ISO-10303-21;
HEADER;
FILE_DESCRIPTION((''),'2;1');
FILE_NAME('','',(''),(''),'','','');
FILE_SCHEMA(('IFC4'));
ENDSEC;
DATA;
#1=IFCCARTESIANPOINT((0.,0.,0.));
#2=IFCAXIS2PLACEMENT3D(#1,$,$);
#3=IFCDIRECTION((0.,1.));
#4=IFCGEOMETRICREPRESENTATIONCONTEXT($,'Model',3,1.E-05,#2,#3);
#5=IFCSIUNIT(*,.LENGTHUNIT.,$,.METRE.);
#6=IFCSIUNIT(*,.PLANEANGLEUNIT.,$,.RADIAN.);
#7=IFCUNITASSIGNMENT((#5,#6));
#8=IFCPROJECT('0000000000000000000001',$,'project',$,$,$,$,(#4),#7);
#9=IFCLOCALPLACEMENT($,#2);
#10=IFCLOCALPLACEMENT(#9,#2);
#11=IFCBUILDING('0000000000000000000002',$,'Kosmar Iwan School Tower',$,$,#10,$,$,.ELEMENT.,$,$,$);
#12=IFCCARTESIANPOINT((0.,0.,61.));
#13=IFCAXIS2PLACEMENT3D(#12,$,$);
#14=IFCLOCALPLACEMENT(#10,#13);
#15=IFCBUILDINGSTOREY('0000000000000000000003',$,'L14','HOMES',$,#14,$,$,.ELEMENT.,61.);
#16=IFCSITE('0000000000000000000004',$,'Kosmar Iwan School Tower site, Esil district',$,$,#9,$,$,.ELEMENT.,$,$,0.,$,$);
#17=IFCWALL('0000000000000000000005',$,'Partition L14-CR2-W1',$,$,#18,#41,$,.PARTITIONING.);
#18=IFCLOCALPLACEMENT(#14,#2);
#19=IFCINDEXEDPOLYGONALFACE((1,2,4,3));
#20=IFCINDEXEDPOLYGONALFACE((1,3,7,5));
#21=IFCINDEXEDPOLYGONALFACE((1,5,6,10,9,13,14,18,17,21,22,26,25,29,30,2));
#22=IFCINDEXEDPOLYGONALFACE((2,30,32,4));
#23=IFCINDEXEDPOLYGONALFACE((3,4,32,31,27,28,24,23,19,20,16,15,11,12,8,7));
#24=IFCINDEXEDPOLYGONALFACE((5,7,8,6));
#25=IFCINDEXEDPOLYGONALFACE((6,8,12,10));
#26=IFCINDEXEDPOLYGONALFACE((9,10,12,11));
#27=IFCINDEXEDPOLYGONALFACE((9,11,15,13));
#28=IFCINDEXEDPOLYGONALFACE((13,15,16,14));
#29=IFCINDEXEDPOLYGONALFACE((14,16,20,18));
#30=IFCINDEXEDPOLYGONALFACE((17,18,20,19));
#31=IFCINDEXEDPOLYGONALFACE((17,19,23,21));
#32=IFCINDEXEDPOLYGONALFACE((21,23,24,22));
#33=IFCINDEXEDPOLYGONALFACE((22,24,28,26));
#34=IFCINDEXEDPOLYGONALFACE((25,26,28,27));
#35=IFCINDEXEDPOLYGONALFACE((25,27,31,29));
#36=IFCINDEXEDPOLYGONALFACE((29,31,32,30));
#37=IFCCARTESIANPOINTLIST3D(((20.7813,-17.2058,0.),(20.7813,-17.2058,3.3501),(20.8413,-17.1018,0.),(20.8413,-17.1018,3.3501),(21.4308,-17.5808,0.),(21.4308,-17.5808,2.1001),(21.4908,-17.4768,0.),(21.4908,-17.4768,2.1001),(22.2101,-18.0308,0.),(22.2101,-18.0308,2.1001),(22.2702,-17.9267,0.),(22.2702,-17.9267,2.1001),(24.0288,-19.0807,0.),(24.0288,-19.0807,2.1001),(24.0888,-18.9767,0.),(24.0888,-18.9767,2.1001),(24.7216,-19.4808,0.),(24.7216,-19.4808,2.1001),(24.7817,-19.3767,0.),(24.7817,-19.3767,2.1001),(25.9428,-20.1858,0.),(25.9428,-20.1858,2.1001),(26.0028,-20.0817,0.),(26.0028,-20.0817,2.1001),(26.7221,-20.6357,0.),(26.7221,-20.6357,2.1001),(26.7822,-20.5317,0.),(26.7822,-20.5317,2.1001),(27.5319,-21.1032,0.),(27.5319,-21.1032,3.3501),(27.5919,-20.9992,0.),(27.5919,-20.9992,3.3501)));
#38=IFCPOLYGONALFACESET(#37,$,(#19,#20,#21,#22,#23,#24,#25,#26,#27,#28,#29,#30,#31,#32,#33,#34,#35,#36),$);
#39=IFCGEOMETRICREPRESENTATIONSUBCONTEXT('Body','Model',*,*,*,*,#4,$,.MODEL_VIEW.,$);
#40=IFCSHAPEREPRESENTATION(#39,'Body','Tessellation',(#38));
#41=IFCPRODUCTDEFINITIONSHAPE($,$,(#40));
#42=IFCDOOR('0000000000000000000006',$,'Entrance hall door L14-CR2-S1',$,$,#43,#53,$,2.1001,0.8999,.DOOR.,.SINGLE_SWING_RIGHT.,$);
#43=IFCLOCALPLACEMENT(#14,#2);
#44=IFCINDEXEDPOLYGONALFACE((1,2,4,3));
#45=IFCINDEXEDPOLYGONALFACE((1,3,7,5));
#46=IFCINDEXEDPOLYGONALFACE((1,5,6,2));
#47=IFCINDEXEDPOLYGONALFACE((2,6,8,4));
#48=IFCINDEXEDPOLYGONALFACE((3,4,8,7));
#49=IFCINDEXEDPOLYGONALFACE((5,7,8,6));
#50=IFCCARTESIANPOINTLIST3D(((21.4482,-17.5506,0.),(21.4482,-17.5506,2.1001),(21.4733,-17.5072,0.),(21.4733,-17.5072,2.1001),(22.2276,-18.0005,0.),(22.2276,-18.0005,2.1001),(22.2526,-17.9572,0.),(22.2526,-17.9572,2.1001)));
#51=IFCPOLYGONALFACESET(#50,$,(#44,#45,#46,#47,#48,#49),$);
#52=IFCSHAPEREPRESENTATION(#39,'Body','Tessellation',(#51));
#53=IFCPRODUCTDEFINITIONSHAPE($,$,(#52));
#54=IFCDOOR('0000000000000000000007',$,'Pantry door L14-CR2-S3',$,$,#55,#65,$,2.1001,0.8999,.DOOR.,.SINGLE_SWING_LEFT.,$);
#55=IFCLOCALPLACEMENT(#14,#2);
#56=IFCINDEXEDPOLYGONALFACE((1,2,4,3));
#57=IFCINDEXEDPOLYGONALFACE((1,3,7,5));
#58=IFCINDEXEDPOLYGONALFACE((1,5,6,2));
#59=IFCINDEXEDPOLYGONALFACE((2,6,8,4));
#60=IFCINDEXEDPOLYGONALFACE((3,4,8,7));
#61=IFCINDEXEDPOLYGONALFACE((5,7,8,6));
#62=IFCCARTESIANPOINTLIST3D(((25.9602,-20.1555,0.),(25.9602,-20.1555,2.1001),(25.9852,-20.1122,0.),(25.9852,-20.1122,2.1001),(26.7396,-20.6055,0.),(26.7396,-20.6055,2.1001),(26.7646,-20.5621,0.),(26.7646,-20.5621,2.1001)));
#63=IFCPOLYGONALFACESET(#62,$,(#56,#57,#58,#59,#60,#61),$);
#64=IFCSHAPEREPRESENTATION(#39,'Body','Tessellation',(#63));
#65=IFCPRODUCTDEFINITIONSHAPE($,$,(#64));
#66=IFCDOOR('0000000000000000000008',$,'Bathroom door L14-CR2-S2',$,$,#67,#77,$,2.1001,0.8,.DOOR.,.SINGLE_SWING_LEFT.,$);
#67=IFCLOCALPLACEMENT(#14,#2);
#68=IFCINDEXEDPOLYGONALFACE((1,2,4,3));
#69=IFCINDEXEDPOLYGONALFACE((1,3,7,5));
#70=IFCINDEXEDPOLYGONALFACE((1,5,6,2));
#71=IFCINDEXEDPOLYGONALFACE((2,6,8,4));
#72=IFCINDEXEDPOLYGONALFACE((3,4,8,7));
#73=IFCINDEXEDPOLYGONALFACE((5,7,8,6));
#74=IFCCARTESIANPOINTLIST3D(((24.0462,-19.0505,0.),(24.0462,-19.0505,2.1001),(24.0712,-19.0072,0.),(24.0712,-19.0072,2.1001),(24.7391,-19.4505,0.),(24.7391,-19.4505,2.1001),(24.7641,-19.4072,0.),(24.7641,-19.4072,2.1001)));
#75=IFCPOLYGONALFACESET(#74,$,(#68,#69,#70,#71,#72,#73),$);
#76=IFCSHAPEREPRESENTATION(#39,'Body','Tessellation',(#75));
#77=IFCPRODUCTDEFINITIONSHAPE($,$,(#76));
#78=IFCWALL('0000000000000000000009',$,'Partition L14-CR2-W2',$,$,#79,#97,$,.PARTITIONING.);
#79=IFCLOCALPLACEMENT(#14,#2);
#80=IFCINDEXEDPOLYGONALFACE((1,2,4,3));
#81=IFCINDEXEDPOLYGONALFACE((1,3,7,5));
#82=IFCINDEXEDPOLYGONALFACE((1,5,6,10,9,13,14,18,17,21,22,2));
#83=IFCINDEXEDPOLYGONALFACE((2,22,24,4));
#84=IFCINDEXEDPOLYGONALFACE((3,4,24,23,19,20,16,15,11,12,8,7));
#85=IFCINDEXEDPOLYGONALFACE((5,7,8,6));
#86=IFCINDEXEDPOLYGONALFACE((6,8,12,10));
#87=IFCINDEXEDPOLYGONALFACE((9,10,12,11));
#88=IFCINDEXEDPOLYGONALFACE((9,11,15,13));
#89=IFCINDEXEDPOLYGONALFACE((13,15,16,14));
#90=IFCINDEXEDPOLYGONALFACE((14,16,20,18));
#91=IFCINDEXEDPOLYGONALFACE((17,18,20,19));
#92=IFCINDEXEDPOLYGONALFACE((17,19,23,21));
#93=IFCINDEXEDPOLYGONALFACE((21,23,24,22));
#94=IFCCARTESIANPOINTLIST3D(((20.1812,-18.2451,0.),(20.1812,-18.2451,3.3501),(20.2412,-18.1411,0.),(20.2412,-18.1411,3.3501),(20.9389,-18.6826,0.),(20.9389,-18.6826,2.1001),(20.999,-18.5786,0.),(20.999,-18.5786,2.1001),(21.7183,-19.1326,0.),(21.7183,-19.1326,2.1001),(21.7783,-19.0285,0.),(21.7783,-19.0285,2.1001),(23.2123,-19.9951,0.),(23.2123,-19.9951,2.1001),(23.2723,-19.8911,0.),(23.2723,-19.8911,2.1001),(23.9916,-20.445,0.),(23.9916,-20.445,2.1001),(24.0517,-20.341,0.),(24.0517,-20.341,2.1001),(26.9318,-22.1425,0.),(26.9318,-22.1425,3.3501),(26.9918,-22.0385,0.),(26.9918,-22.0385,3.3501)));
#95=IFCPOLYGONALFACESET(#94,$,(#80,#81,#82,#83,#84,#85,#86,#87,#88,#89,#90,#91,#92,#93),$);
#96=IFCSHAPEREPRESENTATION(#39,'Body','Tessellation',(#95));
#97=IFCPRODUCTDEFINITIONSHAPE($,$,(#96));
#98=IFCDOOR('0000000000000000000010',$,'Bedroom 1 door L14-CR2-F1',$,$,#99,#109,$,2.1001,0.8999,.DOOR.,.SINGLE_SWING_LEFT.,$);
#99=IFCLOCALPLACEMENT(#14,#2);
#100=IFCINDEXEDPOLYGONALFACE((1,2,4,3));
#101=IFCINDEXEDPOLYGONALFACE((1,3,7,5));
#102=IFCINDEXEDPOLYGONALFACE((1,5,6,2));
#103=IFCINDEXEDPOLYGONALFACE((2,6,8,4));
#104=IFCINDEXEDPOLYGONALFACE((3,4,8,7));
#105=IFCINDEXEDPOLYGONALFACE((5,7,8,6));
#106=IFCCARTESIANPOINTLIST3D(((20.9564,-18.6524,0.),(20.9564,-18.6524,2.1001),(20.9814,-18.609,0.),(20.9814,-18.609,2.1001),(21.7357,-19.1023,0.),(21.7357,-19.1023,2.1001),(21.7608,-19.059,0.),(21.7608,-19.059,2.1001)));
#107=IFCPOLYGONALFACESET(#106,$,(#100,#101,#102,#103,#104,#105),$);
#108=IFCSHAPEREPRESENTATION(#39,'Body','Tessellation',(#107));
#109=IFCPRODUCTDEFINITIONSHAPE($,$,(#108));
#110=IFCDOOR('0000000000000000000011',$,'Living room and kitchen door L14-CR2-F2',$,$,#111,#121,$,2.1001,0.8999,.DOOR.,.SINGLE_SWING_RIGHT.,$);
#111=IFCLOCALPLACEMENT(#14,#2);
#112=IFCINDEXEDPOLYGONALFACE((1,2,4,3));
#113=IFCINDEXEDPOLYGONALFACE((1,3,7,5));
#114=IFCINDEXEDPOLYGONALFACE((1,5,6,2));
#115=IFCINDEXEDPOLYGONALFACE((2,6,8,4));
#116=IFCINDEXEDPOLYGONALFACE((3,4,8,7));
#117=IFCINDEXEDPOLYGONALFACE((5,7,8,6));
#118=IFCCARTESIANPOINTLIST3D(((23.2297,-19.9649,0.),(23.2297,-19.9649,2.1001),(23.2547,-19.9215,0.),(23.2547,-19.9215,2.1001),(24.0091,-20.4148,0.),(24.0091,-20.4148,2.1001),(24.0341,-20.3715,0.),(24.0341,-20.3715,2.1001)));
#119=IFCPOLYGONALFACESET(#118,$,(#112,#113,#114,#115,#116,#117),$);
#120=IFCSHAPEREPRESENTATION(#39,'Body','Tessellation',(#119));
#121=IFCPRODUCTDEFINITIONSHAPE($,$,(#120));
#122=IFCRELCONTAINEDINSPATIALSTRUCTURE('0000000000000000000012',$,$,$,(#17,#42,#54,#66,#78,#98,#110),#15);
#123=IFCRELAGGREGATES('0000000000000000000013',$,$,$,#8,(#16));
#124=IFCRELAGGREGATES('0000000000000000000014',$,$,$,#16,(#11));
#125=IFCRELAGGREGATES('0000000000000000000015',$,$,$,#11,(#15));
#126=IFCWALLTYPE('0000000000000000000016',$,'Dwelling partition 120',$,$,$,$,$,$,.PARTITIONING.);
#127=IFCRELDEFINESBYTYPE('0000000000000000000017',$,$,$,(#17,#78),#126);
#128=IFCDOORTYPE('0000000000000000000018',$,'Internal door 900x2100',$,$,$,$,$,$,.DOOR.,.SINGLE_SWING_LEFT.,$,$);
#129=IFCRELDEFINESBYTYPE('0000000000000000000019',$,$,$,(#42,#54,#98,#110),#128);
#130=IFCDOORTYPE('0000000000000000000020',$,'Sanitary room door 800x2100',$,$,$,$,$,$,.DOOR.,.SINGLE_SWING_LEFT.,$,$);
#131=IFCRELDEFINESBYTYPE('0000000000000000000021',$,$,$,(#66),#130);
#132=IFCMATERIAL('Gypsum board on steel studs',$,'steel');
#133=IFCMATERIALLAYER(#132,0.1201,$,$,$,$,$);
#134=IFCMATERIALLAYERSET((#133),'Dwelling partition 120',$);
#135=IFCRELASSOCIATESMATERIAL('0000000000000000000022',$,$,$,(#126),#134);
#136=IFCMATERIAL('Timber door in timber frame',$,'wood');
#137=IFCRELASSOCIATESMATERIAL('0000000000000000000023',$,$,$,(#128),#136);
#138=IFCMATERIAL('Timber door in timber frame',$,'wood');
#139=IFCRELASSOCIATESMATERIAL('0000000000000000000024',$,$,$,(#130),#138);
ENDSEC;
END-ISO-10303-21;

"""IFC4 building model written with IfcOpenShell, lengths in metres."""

from ifc_helpers import new_model, si_unit, direction, frame, frame_2d, origin, place, context, subcontext, project, spatial, rectangle, extrude, material, layer, layer_set, type_object, element, fill, save


model = new_model("IFC4")

# Units and contexts
model_context = context("Model", 3, precision=1e-05, world=origin(), true_north=direction((0.0, 1.0)))
body_context = subcontext(model_context, "Body", "Model", "MODEL_VIEW")
ifc_project = project(units=[si_unit("LENGTHUNIT", "METRE"), si_unit("PLANEANGLEUNIT", "RADIAN")], contexts=[model_context])

# Site, building, storey
site_placement = place(None, origin())
site = spatial("IfcSite", under=ifc_project, at=site_placement, Name="Kosmar Iwan School Tower site, Esil district", CompositionType="ELEMENT", RefElevation=0.0)
building_placement = place(site_placement, origin())
building = spatial("IfcBuilding", under=site, at=building_placement, Name="Kosmar Iwan School Tower", CompositionType="ELEMENT")
storey_placement = place(building_placement, frame((0.0, 0.0, 61.0)))
storey = spatial("IfcBuildingStorey", under=building, at=storey_placement, Name="L14", Description="HOMES", CompositionType="ELEMENT", Elevation=61.0)

# Walls, openings, doors
ifc_material_1 = material(Name="Gypsum board on steel studs", Category="steel")
ifc_layer = layer(ifc_material_1, 0.1201)
ifc_layer_set = layer_set([ifc_layer], Name="Dwelling partition 120")
wall_type = type_object("IfcWallType", Name="Dwelling partition 120", PredefinedType="PARTITIONING", material=ifc_layer_set)
wall_1_placement = place(storey_placement, frame((20.8113, -17.1538, 0.0), z_axis=(0.0, 0.0, 1.0), x_axis=(0.86603, -0.499993, 0.0)))
wall_1 = element("IfcWall", 1, at=wall_1_placement, inside=storey, type_object=wall_type, Name="Partition L14-CR2-W1", PredefinedType="PARTITIONING", context=body_context, shape_type="SweptSolid", body=[
    extrude(rectangle(XDim=7.7949, YDim=0.1201, at=frame_2d((3.8975, 0.0))), origin(), (0.0, 0.0, 1.0), 3.3501),
])
opening_1_placement = place(wall_1_placement, frame((0.75, 0.0, 0.0)))
opening_1 = element("IfcOpeningElement", 2, at=opening_1_placement, cuts=wall_1, PredefinedType="OPENING", context=body_context, shape_type="SweptSolid", body=[
    extrude(rectangle(XDim=0.8999, YDim=2.1001, at=frame_2d((0.45, 1.05))), frame((0.0, 0.072, 0.0), z_axis=(0.0, -1.0, 0.0), x_axis=(1.0, 0.0, 0.0)), (0.0, 0.0, 1.0), 0.144),
])
opening_2_placement = place(wall_1_placement, frame((3.75, 0.0, 0.0)))
opening_2 = element("IfcOpeningElement", 3, at=opening_2_placement, cuts=wall_1, PredefinedType="OPENING", context=body_context, shape_type="SweptSolid", body=[
    extrude(rectangle(XDim=0.8, YDim=2.1001, at=frame_2d((0.3999, 1.05))), frame((0.0, 0.072, 0.0), z_axis=(0.0, -1.0, 0.0), x_axis=(1.0, 0.0, 0.0)), (0.0, 0.0, 1.0), 0.144),
])
opening_3_placement = place(wall_1_placement, frame((5.96, 0.0, 0.0)))
opening_3 = element("IfcOpeningElement", 4, at=opening_3_placement, cuts=wall_1, PredefinedType="OPENING", context=body_context, shape_type="SweptSolid", body=[
    extrude(rectangle(XDim=0.8999, YDim=2.1001, at=frame_2d((0.45, 1.05))), frame((0.0, 0.072, 0.0), z_axis=(0.0, -1.0, 0.0), x_axis=(1.0, 0.0, 0.0)), (0.0, 0.0, 1.0), 0.144),
])
ifc_material_2 = material(Name="Timber door in timber frame", Category="wood")
door_type_1 = type_object("IfcDoorType", Name="Internal door 900x2100", OperationType="SINGLE_SWING_LEFT", PredefinedType="DOOR", material=ifc_material_2)
door_1_placement = place(opening_1_placement, origin())
door_1 = element("IfcDoor", 5, at=door_1_placement, inside=storey, type_object=door_type_1, Name="Entrance hall door L14-CR2-S1", OperationType="SINGLE_SWING_RIGHT", OverallHeight=2.1001, OverallWidth=0.8999, PredefinedType="DOOR", context=body_context, shape_type="SweptSolid", body=[
    extrude(rectangle(XDim=0.8999, YDim=2.1001, at=frame_2d((0.45, 1.05))), frame((0.0, 0.0249, 0.0), z_axis=(0.0, -1.0, 0.0), x_axis=(1.0, 0.0, 0.0)), (0.0, 0.0, 1.0), 0.05),
])
fill(opening_1, door_1)
door_2_placement = place(opening_3_placement, origin())
door_2 = element("IfcDoor", 6, at=door_2_placement, inside=storey, type_object=door_type_1, Name="Pantry door L14-CR2-S3", OperationType="SINGLE_SWING_LEFT", OverallHeight=2.1001, OverallWidth=0.8999, PredefinedType="DOOR", context=body_context, shape_type="SweptSolid", body=[
    extrude(rectangle(XDim=0.8999, YDim=2.1001, at=frame_2d((0.45, 1.05))), frame((0.0, 0.0249, 0.0), z_axis=(0.0, -1.0, 0.0), x_axis=(1.0, 0.0, 0.0)), (0.0, 0.0, 1.0), 0.05),
])
fill(opening_3, door_2)
ifc_material_3 = material(Name="Timber door in timber frame", Category="wood")
door_type_2 = type_object("IfcDoorType", Name="Sanitary room door 800x2100", OperationType="SINGLE_SWING_LEFT", PredefinedType="DOOR", material=ifc_material_3)
door_3_placement = place(opening_2_placement, origin())
door_3 = element("IfcDoor", 7, at=door_3_placement, inside=storey, type_object=door_type_2, Name="Bathroom door L14-CR2-S2", OperationType="SINGLE_SWING_LEFT", OverallHeight=2.1001, OverallWidth=0.8, PredefinedType="DOOR", context=body_context, shape_type="SweptSolid", body=[
    extrude(rectangle(XDim=0.8, YDim=2.1001, at=frame_2d((0.3999, 1.05))), frame((0.0, 0.0249, 0.0), z_axis=(0.0, -1.0, 0.0), x_axis=(1.0, 0.0, 0.0)), (0.0, 0.0, 1.0), 0.05),
])
fill(opening_2, door_3)
wall_2_placement = place(storey_placement, frame((20.2112, -18.1931, 0.0), z_axis=(0.0, 0.0, 1.0), x_axis=(0.86603, -0.499993, 0.0)))
wall_2 = element("IfcWall", 8, at=wall_2_placement, inside=storey, type_object=wall_type, Name="Partition L14-CR2-W2", PredefinedType="PARTITIONING", context=body_context, shape_type="SweptSolid", body=[
    extrude(rectangle(XDim=7.7949, YDim=0.1201, at=frame_2d((3.8975, 0.0))), origin(), (0.0, 0.0, 1.0), 3.3501),
])
opening_4_placement = place(wall_2_placement, frame((0.875, 0.0, 0.0)))
opening_4 = element("IfcOpeningElement", 9, at=opening_4_placement, cuts=wall_2, PredefinedType="OPENING", context=body_context, shape_type="SweptSolid", body=[
    extrude(rectangle(XDim=0.8999, YDim=2.1001, at=frame_2d((0.45, 1.05))), frame((0.0, 0.072, 0.0), z_axis=(0.0, -1.0, 0.0), x_axis=(1.0, 0.0, 0.0)), (0.0, 0.0, 1.0), 0.144),
])
opening_5_placement = place(wall_2_placement, frame((3.5, 0.0, 0.0)))
opening_5 = element("IfcOpeningElement", 10, at=opening_5_placement, cuts=wall_2, PredefinedType="OPENING", context=body_context, shape_type="SweptSolid", body=[
    extrude(rectangle(XDim=0.8999, YDim=2.1001, at=frame_2d((0.45, 1.05))), frame((0.0, 0.072, 0.0), z_axis=(0.0, -1.0, 0.0), x_axis=(1.0, 0.0, 0.0)), (0.0, 0.0, 1.0), 0.144),
])
door_4_placement = place(opening_4_placement, origin())
door_4 = element("IfcDoor", 11, at=door_4_placement, inside=storey, type_object=door_type_1, Name="Bedroom 1 door L14-CR2-F1", OperationType="SINGLE_SWING_LEFT", OverallHeight=2.1001, OverallWidth=0.8999, PredefinedType="DOOR", context=body_context, shape_type="SweptSolid", body=[
    extrude(rectangle(XDim=0.8999, YDim=2.1001, at=frame_2d((0.45, 1.05))), frame((0.0, 0.0249, 0.0), z_axis=(0.0, -1.0, 0.0), x_axis=(1.0, 0.0, 0.0)), (0.0, 0.0, 1.0), 0.05),
])
fill(opening_4, door_4)
door_5_placement = place(opening_5_placement, origin())
door_5 = element("IfcDoor", 12, at=door_5_placement, inside=storey, type_object=door_type_1, Name="Living room and kitchen door L14-CR2-F2", OperationType="SINGLE_SWING_RIGHT", OverallHeight=2.1001, OverallWidth=0.8999, PredefinedType="DOOR", context=body_context, shape_type="SweptSolid", body=[
    extrude(rectangle(XDim=0.8999, YDim=2.1001, at=frame_2d((0.45, 1.05))), frame((0.0, 0.0249, 0.0), z_axis=(0.0, -1.0, 0.0), x_axis=(1.0, 0.0, 0.0)), (0.0, 0.0, 1.0), 0.05),
])
fill(opening_5, door_5)

save(model, "model.ifc")
